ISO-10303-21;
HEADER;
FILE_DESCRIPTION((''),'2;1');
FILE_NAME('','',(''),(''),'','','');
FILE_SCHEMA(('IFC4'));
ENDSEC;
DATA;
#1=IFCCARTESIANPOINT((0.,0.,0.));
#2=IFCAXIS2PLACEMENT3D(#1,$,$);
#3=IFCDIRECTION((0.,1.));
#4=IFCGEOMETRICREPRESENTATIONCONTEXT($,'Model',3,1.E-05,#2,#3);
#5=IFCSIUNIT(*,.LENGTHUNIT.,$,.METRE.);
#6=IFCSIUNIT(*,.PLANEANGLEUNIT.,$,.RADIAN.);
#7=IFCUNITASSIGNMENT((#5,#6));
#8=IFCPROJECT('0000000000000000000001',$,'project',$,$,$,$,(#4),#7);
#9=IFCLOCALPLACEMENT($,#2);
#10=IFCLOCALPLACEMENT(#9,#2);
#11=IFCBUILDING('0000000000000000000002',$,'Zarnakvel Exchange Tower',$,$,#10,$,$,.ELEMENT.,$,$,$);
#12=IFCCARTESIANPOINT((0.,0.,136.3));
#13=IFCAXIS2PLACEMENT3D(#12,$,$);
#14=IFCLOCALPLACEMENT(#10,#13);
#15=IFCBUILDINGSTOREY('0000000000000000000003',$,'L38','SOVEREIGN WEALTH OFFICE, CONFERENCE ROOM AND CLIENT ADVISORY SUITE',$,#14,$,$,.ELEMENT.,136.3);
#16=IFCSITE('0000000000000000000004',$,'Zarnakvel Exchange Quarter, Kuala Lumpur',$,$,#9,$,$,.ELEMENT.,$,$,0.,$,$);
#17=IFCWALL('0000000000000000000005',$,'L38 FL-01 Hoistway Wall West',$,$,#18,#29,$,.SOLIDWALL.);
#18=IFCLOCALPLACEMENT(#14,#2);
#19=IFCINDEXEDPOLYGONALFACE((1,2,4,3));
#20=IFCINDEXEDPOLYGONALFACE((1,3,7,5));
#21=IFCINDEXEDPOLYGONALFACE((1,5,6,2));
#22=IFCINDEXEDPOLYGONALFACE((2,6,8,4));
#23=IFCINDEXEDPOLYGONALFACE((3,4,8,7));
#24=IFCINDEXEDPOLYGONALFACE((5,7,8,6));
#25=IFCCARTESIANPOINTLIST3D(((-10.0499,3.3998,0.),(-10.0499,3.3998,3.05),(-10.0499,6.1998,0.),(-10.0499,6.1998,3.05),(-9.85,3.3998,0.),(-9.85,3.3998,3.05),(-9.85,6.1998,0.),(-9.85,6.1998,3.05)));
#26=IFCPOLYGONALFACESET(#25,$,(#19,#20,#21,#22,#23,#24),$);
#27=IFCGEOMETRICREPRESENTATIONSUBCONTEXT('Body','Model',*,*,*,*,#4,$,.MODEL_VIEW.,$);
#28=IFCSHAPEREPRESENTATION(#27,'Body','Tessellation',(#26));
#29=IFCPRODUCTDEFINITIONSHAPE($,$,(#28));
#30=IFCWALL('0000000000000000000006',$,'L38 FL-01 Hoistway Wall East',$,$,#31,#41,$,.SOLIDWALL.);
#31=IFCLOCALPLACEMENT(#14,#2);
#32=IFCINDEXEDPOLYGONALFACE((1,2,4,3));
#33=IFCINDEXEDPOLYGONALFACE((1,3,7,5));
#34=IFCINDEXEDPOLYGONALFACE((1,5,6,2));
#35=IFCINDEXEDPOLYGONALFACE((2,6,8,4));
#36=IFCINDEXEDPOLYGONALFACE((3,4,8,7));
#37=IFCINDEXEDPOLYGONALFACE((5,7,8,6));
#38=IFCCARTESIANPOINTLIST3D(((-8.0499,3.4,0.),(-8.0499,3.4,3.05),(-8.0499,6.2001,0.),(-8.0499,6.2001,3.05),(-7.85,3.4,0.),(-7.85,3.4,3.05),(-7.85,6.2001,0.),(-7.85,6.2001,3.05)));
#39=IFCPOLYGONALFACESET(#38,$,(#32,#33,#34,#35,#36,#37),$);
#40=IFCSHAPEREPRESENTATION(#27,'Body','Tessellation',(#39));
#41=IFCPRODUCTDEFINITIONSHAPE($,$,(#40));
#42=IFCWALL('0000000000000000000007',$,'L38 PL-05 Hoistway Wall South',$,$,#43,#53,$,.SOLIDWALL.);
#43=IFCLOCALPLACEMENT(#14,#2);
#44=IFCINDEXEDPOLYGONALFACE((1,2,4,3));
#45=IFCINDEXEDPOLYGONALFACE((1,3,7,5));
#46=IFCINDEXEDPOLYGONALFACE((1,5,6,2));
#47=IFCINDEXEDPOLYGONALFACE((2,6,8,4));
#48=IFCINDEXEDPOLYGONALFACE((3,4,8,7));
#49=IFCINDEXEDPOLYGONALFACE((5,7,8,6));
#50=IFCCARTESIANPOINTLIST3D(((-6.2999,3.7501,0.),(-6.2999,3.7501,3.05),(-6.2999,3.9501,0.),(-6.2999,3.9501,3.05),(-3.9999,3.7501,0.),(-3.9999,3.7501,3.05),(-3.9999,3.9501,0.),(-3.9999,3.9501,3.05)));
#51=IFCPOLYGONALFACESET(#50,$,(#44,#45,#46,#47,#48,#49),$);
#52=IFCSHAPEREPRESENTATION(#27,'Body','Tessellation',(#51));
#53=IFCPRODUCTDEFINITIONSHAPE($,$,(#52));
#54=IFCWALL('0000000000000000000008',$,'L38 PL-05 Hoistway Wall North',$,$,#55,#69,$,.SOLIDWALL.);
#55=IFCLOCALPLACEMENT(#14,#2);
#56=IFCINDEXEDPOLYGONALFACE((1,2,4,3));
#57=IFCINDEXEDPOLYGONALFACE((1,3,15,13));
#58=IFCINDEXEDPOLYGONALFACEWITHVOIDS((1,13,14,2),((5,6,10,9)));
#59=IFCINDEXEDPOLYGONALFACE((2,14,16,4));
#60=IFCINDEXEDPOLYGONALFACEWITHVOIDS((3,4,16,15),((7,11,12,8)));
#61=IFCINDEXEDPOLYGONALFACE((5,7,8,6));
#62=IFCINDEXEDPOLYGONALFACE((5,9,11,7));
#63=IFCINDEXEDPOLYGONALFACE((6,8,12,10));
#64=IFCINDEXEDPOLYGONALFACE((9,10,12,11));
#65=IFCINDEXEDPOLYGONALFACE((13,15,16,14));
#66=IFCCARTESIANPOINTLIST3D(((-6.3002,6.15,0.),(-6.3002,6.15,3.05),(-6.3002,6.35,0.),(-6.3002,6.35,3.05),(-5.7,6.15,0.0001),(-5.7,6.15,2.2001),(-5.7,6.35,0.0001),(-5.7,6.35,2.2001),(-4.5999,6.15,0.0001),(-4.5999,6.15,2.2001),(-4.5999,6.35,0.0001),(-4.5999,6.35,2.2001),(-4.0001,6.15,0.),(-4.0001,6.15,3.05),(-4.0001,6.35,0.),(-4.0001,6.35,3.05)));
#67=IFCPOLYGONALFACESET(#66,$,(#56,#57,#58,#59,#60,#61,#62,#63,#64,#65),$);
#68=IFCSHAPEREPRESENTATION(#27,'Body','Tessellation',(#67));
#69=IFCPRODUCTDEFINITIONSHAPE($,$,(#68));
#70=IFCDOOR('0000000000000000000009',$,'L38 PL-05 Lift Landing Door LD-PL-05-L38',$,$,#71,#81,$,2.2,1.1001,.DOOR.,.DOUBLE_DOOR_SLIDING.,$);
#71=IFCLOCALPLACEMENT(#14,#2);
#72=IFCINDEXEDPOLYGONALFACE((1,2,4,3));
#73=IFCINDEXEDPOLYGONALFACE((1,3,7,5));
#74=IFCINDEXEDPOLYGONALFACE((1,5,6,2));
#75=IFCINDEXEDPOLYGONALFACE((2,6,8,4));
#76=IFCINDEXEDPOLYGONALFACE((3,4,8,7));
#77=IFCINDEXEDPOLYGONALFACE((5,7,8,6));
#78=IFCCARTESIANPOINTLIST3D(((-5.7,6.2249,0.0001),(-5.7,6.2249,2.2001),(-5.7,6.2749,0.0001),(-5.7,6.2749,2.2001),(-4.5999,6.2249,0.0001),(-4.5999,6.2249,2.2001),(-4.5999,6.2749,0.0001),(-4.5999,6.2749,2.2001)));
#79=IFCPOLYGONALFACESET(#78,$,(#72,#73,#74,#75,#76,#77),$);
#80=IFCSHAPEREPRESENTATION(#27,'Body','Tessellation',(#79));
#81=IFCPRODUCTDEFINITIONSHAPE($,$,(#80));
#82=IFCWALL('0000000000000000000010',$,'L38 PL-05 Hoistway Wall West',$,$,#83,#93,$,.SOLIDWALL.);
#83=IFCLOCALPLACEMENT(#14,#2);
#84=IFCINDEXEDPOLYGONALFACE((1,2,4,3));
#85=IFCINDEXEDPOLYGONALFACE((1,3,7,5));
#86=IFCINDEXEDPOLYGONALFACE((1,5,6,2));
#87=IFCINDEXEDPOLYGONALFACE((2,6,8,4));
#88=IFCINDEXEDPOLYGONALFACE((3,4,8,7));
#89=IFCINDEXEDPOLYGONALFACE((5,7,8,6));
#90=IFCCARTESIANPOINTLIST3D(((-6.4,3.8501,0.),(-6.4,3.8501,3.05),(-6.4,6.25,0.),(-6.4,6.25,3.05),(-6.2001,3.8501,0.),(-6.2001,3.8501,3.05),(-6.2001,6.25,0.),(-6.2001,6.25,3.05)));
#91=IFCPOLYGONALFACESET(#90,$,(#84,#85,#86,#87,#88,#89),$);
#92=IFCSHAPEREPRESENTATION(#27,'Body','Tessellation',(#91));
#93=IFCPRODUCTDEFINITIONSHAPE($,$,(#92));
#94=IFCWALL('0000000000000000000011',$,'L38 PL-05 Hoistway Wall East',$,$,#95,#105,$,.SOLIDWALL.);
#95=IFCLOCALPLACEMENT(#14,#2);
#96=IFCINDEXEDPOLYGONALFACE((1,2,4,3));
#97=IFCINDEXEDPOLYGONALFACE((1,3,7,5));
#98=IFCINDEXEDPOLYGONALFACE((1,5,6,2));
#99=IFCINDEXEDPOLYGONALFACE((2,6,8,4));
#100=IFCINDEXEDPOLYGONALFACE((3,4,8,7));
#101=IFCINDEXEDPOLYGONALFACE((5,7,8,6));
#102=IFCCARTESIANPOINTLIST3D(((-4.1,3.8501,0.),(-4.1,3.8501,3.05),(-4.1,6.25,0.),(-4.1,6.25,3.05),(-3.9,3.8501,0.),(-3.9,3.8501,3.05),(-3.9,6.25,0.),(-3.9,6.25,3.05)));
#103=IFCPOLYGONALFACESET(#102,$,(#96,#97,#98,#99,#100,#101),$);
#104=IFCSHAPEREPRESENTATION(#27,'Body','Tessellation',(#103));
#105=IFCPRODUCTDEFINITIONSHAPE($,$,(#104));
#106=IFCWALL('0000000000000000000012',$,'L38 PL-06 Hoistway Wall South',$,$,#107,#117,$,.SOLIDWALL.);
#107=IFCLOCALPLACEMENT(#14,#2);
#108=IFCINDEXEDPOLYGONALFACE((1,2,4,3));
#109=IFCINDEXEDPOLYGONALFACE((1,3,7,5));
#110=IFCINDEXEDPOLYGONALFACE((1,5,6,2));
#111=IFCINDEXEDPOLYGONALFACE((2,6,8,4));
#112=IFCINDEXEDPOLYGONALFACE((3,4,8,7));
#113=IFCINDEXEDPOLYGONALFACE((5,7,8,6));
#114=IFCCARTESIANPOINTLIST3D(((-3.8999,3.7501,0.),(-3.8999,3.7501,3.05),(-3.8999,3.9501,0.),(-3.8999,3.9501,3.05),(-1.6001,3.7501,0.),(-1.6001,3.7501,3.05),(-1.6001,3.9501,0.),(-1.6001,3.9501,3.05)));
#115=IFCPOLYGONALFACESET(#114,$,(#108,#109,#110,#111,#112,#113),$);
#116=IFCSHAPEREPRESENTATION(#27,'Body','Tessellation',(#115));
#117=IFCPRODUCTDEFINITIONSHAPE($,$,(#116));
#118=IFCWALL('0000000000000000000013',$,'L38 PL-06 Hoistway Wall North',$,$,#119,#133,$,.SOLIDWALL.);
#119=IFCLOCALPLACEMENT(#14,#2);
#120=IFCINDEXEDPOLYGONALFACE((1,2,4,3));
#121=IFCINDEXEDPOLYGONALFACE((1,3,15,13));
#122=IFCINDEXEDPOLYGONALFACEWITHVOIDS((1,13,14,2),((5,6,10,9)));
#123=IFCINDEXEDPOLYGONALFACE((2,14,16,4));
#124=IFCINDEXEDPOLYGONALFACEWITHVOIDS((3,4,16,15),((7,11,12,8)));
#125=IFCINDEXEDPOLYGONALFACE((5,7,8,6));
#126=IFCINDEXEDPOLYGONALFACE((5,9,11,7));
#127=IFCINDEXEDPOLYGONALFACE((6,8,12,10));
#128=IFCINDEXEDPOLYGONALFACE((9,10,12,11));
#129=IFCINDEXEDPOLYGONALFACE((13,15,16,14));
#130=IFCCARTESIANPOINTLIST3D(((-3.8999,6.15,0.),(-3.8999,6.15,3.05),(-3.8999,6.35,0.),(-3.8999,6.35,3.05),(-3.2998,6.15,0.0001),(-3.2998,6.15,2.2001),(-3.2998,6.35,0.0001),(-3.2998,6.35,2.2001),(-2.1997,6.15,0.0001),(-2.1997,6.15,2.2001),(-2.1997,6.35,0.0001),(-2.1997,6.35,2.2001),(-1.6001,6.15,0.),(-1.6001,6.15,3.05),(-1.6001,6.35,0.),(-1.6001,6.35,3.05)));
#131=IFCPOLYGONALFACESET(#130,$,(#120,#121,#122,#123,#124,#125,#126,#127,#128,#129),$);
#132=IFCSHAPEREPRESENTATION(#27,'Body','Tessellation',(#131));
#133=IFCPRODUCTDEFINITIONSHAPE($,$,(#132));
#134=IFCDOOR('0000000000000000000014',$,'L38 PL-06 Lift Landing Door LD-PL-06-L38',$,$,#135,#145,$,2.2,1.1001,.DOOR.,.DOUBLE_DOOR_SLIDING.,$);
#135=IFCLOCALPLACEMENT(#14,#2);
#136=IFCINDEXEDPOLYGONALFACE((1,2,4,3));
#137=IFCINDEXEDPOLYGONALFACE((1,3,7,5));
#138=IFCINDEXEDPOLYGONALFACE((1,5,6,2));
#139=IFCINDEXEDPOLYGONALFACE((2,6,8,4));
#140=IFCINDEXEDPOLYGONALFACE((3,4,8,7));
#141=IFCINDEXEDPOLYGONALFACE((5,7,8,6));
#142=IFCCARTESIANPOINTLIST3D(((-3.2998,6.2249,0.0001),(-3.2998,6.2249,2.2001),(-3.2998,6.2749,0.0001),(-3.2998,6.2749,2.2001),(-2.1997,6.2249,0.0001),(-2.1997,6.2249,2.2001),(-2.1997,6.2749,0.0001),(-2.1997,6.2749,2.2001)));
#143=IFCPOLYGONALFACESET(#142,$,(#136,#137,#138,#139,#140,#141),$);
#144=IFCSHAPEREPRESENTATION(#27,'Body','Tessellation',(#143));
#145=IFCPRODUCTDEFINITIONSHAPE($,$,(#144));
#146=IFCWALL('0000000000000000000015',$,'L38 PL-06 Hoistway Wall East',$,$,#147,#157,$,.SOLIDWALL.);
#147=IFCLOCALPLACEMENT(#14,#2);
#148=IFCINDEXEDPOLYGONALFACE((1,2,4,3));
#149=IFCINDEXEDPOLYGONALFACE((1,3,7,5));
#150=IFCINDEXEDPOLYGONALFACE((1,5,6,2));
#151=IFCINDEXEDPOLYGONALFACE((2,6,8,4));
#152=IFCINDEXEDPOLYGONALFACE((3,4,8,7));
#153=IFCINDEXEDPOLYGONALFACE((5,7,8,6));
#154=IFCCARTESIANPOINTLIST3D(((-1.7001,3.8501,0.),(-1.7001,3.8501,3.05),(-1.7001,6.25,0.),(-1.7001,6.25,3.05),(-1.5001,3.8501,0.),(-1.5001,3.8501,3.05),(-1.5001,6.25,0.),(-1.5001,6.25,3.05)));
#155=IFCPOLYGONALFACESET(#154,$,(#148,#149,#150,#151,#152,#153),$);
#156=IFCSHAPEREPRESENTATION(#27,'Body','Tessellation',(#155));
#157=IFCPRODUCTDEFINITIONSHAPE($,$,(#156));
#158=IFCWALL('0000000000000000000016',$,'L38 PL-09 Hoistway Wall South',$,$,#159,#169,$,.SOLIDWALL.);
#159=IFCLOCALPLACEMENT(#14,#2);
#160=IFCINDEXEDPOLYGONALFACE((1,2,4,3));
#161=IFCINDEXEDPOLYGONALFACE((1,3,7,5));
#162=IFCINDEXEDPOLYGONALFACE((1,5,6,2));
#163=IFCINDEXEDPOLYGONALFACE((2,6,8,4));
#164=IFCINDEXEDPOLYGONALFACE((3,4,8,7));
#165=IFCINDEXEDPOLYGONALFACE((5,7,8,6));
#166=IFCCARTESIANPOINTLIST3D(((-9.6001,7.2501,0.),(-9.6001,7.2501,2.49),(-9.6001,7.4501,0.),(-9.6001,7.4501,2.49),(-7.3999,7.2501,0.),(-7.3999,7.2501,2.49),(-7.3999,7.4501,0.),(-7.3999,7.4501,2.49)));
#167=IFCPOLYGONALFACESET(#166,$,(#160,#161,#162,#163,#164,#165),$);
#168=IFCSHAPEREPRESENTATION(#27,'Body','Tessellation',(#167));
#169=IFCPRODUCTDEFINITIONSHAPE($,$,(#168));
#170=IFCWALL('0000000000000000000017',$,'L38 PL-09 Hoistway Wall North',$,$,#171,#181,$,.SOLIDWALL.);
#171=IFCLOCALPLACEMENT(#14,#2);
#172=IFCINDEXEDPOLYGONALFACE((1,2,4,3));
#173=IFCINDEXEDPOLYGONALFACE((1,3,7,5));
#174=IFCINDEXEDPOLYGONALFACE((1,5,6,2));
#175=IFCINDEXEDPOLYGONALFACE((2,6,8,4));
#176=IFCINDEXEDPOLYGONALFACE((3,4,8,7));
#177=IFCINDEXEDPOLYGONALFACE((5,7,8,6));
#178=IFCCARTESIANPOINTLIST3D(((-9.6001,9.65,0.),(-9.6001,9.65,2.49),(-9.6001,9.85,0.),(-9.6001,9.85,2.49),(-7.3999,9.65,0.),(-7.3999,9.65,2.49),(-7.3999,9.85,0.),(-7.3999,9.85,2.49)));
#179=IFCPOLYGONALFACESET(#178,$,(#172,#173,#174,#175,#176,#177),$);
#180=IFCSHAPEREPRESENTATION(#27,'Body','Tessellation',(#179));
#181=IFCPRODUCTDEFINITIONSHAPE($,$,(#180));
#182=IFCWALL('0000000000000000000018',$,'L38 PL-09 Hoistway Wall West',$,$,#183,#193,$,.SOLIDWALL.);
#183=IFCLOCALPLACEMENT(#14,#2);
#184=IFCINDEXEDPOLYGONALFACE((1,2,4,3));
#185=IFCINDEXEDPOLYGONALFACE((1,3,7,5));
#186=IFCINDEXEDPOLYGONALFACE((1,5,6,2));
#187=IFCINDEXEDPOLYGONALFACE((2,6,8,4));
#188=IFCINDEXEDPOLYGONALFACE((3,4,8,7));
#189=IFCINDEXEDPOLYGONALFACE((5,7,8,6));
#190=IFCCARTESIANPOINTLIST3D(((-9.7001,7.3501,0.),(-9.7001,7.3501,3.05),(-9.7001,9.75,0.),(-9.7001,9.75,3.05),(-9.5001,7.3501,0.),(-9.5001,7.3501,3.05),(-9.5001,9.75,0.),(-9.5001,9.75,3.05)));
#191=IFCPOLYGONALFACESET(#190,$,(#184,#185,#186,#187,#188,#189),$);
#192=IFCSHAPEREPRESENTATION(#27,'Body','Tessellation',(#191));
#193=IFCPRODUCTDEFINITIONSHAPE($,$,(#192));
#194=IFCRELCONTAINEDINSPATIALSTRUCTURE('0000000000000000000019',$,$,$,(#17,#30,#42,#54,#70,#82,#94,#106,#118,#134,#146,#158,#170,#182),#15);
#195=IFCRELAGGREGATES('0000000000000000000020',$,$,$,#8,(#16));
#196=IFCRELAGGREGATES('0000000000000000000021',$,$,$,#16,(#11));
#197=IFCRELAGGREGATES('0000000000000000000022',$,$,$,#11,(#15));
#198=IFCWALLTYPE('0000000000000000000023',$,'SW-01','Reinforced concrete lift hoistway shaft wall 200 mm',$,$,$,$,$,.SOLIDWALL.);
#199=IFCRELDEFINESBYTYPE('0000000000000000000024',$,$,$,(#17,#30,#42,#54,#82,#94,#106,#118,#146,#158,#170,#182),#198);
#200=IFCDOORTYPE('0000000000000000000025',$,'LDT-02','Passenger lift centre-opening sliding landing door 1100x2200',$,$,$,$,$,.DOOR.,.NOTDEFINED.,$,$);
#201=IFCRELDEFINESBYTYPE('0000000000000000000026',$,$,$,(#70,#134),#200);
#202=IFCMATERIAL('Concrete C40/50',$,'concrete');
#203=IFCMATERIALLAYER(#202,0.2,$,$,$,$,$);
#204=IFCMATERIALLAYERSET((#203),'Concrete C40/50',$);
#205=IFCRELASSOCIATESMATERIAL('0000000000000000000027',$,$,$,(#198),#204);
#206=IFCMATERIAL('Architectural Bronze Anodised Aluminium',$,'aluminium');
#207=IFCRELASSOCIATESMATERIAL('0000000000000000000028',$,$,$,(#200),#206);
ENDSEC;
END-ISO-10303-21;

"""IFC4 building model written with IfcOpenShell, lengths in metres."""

from ifc_helpers import new_model, si_unit, direction, frame, frame_2d, origin, place, context, subcontext, project, spatial, rectangle, extrude, source, transform, mapped, material, layer, layer_set, type_object, element, fill, save


model = new_model("IFC4")

# Units and contexts
model_context = context("Model", 3, precision=1e-05, world=origin(), true_north=direction((0.0, 1.0)))
body_context = subcontext(model_context, "Body", "Model", "MODEL_VIEW")
ifc_project = project(units=[si_unit("LENGTHUNIT", "METRE"), si_unit("PLANEANGLEUNIT", "RADIAN")], contexts=[model_context])

# Site, building, storey
site_placement = place(None, origin())
site = spatial("IfcSite", under=ifc_project, at=site_placement, Name="Zarnakvel Exchange Quarter, Kuala Lumpur", CompositionType="ELEMENT", RefElevation=0.0)
building_placement = place(site_placement, origin())
building = spatial("IfcBuilding", under=site, at=building_placement, Name="Zarnakvel Exchange Tower", CompositionType="ELEMENT")
storey_placement = place(building_placement, frame((0.0, 0.0, 136.3)))
storey = spatial("IfcBuildingStorey", under=building, at=storey_placement, Name="L38", Description="SOVEREIGN WEALTH OFFICE, CONFERENCE ROOM AND CLIENT ADVISORY SUITE", CompositionType="ELEMENT", Elevation=136.3)

# Shared definitions
ifc_material_1 = material(Name="Concrete C40/50", Category="concrete")
ifc_layer_1 = layer(ifc_material_1, 0.2)
ifc_layer_set_1 = layer_set([ifc_layer_1], Name="Concrete C40/50")
wall_type_1 = type_object("IfcWallType", Name="SW-01", Description="Reinforced concrete lift hoistway shaft wall 200 mm", PredefinedType="SOLIDWALL", material=ifc_layer_set_1)
shared_shape_1 = source(origin(), body_context, "Body", "SweptSolid", [
    extrude(rectangle(XDim=1.1001, YDim=2.2, at=frame_2d((0.55, 1.1001))), frame((0.0, 0.0249, 0.0), z_axis=(0.0, -1.0, 0.0), x_axis=(1.0, 0.0, 0.0)), (0.0, 0.0, 1.0), 0.05),
])

# Walls
for number, where, z_axis, x_axis, name in (
    (1, (-9.95, 3.3999, 0.0), (0.0, 0.0, 1.0), (0.0, 1.0, 0.0), "L38 FL-01 Hoistway Wall West"),
    (2, (-7.95, 6.2, 0.0), (0.0, 0.0, 1.0), (0.0, -1.0, 0.0), "L38 FL-01 Hoistway Wall East"),
):
    element("IfcWall", number, at=place(storey_placement, frame(where, z_axis=z_axis, x_axis=x_axis)), inside=storey, type_object=wall_type_1, Name=name, PredefinedType="SOLIDWALL", context=body_context, shape_type="SweptSolid", body=[
        extrude(rectangle(XDim=2.8, YDim=0.2, at=frame_2d((1.3999, 0.0))), origin(), (0.0, 0.0, 1.0), 3.05),
    ])
wall_1_placement = place(storey_placement, frame((-4.0, 3.8501, 0.0), z_axis=(0.0, 0.0, 1.0), x_axis=(-1.0, 0.0, 0.0)))
element("IfcWall", 3, at=wall_1_placement, inside=storey, type_object=wall_type_1, Name="L38 PL-05 Hoistway Wall South", PredefinedType="SOLIDWALL", context=body_context, shape_type="SweptSolid", body=[
    extrude(rectangle(XDim=2.3, YDim=0.2, at=frame_2d((1.1499, 0.0))), origin(), (0.0, 0.0, 1.0), 3.05),
])

# Wall, opening, door
wall_2_placement = place(storey_placement, frame((-6.3, 6.25, 0.0), z_axis=(0.0, 0.0, 1.0), x_axis=(1.0, 0.0, 0.0)))
wall_2 = element("IfcWall", 4, at=wall_2_placement, inside=storey, type_object=wall_type_1, Name="L38 PL-05 Hoistway Wall North", PredefinedType="SOLIDWALL", context=body_context, shape_type="SweptSolid", body=[
    extrude(rectangle(XDim=2.3, YDim=0.2, at=frame_2d((1.1499, 0.0))), origin(), (0.0, 0.0, 1.0), 3.05),
])
opening_1_placement = place(wall_2_placement, frame((0.6001, 0.0, 0.0)))
opening_1 = element("IfcOpeningElement", 5, at=opening_1_placement, cuts=wall_2, PredefinedType="OPENING", context=body_context, shape_type="SweptSolid", body=[
    extrude(rectangle(XDim=1.1001, YDim=2.2, at=frame_2d((0.55, 1.1001))), frame((0.0, 0.1099, 0.0), z_axis=(0.0, -1.0, 0.0), x_axis=(1.0, 0.0, 0.0)), (0.0, 0.0, 1.0), 0.22),
])
ifc_material_2 = material(Name="Architectural Bronze Anodised Aluminium", Category="aluminium")
door_type_1 = type_object("IfcDoorType", Name="LDT-02", Description="Passenger lift centre-opening sliding landing door 1100x2200", OperationType="NOTDEFINED", PredefinedType="DOOR", material=ifc_material_2)
door_1_placement = place(opening_1_placement, origin())
door_1 = element("IfcDoor", 6, at=door_1_placement, inside=storey, type_object=door_type_1, Name="L38 PL-05 Lift Landing Door LD-PL-05-L38", OperationType="DOUBLE_DOOR_SLIDING", OverallHeight=2.2, OverallWidth=1.1001, PredefinedType="DOOR", context=body_context, shape_type="MappedRepresentation", body=[
    mapped(shared_shape_1, transform((0.0, 0.0, 0.0), x_axis=(1.0, 0.0, 0.0), y_axis=(0.0, 1.0, 0.0), z_axis=(0.0, 0.0, 1.0), scale=1.0)),
])
fill(opening_1, door_1)

# Walls
for number, where, z_axis, x_axis, name in (
    (7, (-6.3, 3.8501, 0.0), (0.0, 0.0, 1.0), (0.0, 1.0, 0.0), "L38 PL-05 Hoistway Wall West"),
    (8, (-4.0, 6.25, 0.0), (0.0, 0.0, 1.0), (0.0, -1.0, 0.0), "L38 PL-05 Hoistway Wall East"),
):
    element("IfcWall", number, at=place(storey_placement, frame(where, z_axis=z_axis, x_axis=x_axis)), inside=storey, type_object=wall_type_1, Name=name, PredefinedType="SOLIDWALL", context=body_context, shape_type="SweptSolid", body=[
        extrude(rectangle(XDim=2.3999, YDim=0.2, at=frame_2d((1.2, 0.0))), origin(), (0.0, 0.0, 1.0), 3.05),
    ])
wall_3_placement = place(storey_placement, frame((-1.6001, 3.8501, 0.0), z_axis=(0.0, 0.0, 1.0), x_axis=(-1.0, 0.0, 0.0)))
element("IfcWall", 9, at=wall_3_placement, inside=storey, type_object=wall_type_1, Name="L38 PL-06 Hoistway Wall South", PredefinedType="SOLIDWALL", context=body_context, shape_type="SweptSolid", body=[
    extrude(rectangle(XDim=2.2998, YDim=0.2, at=frame_2d((1.1499, 0.0))), origin(), (0.0, 0.0, 1.0), 3.05),
])

# Wall, opening, door
wall_4_placement = place(storey_placement, frame((-3.8999, 6.25, 0.0), z_axis=(0.0, 0.0, 1.0), x_axis=(1.0, 0.0, 0.0)))
wall_4 = element("IfcWall", 10, at=wall_4_placement, inside=storey, type_object=wall_type_1, Name="L38 PL-06 Hoistway Wall North", PredefinedType="SOLIDWALL", context=body_context, shape_type="SweptSolid", body=[
    extrude(rectangle(XDim=2.2998, YDim=0.2, at=frame_2d((1.1499, 0.0))), origin(), (0.0, 0.0, 1.0), 3.05),
])
opening_2_placement = place(wall_4_placement, frame((0.6001, 0.0, 0.0)))
opening_2 = element("IfcOpeningElement", 11, at=opening_2_placement, cuts=wall_4, PredefinedType="OPENING", context=body_context, shape_type="SweptSolid", body=[
    extrude(rectangle(XDim=1.1001, YDim=2.2, at=frame_2d((0.55, 1.1001))), frame((0.0, 0.1099, 0.0), z_axis=(0.0, -1.0, 0.0), x_axis=(1.0, 0.0, 0.0)), (0.0, 0.0, 1.0), 0.22),
])
door_2_placement = place(opening_2_placement, origin())
door_2 = element("IfcDoor", 12, at=door_2_placement, inside=storey, type_object=door_type_1, Name="L38 PL-06 Lift Landing Door LD-PL-06-L38", OperationType="DOUBLE_DOOR_SLIDING", OverallHeight=2.2, OverallWidth=1.1001, PredefinedType="DOOR", context=body_context, shape_type="MappedRepresentation", body=[
    mapped(shared_shape_1, transform((0.0, 0.0, 0.0), x_axis=(1.0, 0.0, 0.0), y_axis=(0.0, 1.0, 0.0), z_axis=(0.0, 0.0, 1.0), scale=1.0)),
])
fill(opening_2, door_2)

# Walls
wall_5_placement = place(storey_placement, frame((-1.6001, 6.25, 0.0), z_axis=(0.0, 0.0, 1.0), x_axis=(0.0, -1.0, 0.0)))
element("IfcWall", 13, at=wall_5_placement, inside=storey, type_object=wall_type_1, Name="L38 PL-06 Hoistway Wall East", PredefinedType="SOLIDWALL", context=body_context, shape_type="SweptSolid", body=[
    extrude(rectangle(XDim=2.3999, YDim=0.2, at=frame_2d((1.2, 0.0))), origin(), (0.0, 0.0, 1.0), 3.05),
])
for number, where, z_axis, x_axis, name in (
    (14, (-7.3999, 7.3501, 0.0), (0.0, 0.0, 1.0), (-1.0, 0.0, 0.0), "L38 PL-09 Hoistway Wall South"),
    (15, (-9.6001, 9.75, 0.0), (0.0, 0.0, 1.0), (1.0, 0.0, 0.0), "L38 PL-09 Hoistway Wall North"),
):
    element("IfcWall", number, at=place(storey_placement, frame(where, z_axis=z_axis, x_axis=x_axis)), inside=storey, type_object=wall_type_1, Name=name, PredefinedType="SOLIDWALL", context=body_context, shape_type="SweptSolid", body=[
        extrude(rectangle(XDim=2.2002, YDim=0.2, at=frame_2d((1.1001, 0.0))), origin(), (0.0, 0.0, 1.0), 2.49),
    ])
wall_6_placement = place(storey_placement, frame((-9.6001, 7.3501, 0.0), z_axis=(0.0, 0.0, 1.0), x_axis=(0.0, 1.0, 0.0)))
element("IfcWall", 16, at=wall_6_placement, inside=storey, type_object=wall_type_1, Name="L38 PL-09 Hoistway Wall West", PredefinedType="SOLIDWALL", context=body_context, shape_type="SweptSolid", body=[
    extrude(rectangle(XDim=2.3999, YDim=0.2, at=frame_2d((1.2, 0.0))), origin(), (0.0, 0.0, 1.0), 3.05),
])

save(model, "model.ifc")
